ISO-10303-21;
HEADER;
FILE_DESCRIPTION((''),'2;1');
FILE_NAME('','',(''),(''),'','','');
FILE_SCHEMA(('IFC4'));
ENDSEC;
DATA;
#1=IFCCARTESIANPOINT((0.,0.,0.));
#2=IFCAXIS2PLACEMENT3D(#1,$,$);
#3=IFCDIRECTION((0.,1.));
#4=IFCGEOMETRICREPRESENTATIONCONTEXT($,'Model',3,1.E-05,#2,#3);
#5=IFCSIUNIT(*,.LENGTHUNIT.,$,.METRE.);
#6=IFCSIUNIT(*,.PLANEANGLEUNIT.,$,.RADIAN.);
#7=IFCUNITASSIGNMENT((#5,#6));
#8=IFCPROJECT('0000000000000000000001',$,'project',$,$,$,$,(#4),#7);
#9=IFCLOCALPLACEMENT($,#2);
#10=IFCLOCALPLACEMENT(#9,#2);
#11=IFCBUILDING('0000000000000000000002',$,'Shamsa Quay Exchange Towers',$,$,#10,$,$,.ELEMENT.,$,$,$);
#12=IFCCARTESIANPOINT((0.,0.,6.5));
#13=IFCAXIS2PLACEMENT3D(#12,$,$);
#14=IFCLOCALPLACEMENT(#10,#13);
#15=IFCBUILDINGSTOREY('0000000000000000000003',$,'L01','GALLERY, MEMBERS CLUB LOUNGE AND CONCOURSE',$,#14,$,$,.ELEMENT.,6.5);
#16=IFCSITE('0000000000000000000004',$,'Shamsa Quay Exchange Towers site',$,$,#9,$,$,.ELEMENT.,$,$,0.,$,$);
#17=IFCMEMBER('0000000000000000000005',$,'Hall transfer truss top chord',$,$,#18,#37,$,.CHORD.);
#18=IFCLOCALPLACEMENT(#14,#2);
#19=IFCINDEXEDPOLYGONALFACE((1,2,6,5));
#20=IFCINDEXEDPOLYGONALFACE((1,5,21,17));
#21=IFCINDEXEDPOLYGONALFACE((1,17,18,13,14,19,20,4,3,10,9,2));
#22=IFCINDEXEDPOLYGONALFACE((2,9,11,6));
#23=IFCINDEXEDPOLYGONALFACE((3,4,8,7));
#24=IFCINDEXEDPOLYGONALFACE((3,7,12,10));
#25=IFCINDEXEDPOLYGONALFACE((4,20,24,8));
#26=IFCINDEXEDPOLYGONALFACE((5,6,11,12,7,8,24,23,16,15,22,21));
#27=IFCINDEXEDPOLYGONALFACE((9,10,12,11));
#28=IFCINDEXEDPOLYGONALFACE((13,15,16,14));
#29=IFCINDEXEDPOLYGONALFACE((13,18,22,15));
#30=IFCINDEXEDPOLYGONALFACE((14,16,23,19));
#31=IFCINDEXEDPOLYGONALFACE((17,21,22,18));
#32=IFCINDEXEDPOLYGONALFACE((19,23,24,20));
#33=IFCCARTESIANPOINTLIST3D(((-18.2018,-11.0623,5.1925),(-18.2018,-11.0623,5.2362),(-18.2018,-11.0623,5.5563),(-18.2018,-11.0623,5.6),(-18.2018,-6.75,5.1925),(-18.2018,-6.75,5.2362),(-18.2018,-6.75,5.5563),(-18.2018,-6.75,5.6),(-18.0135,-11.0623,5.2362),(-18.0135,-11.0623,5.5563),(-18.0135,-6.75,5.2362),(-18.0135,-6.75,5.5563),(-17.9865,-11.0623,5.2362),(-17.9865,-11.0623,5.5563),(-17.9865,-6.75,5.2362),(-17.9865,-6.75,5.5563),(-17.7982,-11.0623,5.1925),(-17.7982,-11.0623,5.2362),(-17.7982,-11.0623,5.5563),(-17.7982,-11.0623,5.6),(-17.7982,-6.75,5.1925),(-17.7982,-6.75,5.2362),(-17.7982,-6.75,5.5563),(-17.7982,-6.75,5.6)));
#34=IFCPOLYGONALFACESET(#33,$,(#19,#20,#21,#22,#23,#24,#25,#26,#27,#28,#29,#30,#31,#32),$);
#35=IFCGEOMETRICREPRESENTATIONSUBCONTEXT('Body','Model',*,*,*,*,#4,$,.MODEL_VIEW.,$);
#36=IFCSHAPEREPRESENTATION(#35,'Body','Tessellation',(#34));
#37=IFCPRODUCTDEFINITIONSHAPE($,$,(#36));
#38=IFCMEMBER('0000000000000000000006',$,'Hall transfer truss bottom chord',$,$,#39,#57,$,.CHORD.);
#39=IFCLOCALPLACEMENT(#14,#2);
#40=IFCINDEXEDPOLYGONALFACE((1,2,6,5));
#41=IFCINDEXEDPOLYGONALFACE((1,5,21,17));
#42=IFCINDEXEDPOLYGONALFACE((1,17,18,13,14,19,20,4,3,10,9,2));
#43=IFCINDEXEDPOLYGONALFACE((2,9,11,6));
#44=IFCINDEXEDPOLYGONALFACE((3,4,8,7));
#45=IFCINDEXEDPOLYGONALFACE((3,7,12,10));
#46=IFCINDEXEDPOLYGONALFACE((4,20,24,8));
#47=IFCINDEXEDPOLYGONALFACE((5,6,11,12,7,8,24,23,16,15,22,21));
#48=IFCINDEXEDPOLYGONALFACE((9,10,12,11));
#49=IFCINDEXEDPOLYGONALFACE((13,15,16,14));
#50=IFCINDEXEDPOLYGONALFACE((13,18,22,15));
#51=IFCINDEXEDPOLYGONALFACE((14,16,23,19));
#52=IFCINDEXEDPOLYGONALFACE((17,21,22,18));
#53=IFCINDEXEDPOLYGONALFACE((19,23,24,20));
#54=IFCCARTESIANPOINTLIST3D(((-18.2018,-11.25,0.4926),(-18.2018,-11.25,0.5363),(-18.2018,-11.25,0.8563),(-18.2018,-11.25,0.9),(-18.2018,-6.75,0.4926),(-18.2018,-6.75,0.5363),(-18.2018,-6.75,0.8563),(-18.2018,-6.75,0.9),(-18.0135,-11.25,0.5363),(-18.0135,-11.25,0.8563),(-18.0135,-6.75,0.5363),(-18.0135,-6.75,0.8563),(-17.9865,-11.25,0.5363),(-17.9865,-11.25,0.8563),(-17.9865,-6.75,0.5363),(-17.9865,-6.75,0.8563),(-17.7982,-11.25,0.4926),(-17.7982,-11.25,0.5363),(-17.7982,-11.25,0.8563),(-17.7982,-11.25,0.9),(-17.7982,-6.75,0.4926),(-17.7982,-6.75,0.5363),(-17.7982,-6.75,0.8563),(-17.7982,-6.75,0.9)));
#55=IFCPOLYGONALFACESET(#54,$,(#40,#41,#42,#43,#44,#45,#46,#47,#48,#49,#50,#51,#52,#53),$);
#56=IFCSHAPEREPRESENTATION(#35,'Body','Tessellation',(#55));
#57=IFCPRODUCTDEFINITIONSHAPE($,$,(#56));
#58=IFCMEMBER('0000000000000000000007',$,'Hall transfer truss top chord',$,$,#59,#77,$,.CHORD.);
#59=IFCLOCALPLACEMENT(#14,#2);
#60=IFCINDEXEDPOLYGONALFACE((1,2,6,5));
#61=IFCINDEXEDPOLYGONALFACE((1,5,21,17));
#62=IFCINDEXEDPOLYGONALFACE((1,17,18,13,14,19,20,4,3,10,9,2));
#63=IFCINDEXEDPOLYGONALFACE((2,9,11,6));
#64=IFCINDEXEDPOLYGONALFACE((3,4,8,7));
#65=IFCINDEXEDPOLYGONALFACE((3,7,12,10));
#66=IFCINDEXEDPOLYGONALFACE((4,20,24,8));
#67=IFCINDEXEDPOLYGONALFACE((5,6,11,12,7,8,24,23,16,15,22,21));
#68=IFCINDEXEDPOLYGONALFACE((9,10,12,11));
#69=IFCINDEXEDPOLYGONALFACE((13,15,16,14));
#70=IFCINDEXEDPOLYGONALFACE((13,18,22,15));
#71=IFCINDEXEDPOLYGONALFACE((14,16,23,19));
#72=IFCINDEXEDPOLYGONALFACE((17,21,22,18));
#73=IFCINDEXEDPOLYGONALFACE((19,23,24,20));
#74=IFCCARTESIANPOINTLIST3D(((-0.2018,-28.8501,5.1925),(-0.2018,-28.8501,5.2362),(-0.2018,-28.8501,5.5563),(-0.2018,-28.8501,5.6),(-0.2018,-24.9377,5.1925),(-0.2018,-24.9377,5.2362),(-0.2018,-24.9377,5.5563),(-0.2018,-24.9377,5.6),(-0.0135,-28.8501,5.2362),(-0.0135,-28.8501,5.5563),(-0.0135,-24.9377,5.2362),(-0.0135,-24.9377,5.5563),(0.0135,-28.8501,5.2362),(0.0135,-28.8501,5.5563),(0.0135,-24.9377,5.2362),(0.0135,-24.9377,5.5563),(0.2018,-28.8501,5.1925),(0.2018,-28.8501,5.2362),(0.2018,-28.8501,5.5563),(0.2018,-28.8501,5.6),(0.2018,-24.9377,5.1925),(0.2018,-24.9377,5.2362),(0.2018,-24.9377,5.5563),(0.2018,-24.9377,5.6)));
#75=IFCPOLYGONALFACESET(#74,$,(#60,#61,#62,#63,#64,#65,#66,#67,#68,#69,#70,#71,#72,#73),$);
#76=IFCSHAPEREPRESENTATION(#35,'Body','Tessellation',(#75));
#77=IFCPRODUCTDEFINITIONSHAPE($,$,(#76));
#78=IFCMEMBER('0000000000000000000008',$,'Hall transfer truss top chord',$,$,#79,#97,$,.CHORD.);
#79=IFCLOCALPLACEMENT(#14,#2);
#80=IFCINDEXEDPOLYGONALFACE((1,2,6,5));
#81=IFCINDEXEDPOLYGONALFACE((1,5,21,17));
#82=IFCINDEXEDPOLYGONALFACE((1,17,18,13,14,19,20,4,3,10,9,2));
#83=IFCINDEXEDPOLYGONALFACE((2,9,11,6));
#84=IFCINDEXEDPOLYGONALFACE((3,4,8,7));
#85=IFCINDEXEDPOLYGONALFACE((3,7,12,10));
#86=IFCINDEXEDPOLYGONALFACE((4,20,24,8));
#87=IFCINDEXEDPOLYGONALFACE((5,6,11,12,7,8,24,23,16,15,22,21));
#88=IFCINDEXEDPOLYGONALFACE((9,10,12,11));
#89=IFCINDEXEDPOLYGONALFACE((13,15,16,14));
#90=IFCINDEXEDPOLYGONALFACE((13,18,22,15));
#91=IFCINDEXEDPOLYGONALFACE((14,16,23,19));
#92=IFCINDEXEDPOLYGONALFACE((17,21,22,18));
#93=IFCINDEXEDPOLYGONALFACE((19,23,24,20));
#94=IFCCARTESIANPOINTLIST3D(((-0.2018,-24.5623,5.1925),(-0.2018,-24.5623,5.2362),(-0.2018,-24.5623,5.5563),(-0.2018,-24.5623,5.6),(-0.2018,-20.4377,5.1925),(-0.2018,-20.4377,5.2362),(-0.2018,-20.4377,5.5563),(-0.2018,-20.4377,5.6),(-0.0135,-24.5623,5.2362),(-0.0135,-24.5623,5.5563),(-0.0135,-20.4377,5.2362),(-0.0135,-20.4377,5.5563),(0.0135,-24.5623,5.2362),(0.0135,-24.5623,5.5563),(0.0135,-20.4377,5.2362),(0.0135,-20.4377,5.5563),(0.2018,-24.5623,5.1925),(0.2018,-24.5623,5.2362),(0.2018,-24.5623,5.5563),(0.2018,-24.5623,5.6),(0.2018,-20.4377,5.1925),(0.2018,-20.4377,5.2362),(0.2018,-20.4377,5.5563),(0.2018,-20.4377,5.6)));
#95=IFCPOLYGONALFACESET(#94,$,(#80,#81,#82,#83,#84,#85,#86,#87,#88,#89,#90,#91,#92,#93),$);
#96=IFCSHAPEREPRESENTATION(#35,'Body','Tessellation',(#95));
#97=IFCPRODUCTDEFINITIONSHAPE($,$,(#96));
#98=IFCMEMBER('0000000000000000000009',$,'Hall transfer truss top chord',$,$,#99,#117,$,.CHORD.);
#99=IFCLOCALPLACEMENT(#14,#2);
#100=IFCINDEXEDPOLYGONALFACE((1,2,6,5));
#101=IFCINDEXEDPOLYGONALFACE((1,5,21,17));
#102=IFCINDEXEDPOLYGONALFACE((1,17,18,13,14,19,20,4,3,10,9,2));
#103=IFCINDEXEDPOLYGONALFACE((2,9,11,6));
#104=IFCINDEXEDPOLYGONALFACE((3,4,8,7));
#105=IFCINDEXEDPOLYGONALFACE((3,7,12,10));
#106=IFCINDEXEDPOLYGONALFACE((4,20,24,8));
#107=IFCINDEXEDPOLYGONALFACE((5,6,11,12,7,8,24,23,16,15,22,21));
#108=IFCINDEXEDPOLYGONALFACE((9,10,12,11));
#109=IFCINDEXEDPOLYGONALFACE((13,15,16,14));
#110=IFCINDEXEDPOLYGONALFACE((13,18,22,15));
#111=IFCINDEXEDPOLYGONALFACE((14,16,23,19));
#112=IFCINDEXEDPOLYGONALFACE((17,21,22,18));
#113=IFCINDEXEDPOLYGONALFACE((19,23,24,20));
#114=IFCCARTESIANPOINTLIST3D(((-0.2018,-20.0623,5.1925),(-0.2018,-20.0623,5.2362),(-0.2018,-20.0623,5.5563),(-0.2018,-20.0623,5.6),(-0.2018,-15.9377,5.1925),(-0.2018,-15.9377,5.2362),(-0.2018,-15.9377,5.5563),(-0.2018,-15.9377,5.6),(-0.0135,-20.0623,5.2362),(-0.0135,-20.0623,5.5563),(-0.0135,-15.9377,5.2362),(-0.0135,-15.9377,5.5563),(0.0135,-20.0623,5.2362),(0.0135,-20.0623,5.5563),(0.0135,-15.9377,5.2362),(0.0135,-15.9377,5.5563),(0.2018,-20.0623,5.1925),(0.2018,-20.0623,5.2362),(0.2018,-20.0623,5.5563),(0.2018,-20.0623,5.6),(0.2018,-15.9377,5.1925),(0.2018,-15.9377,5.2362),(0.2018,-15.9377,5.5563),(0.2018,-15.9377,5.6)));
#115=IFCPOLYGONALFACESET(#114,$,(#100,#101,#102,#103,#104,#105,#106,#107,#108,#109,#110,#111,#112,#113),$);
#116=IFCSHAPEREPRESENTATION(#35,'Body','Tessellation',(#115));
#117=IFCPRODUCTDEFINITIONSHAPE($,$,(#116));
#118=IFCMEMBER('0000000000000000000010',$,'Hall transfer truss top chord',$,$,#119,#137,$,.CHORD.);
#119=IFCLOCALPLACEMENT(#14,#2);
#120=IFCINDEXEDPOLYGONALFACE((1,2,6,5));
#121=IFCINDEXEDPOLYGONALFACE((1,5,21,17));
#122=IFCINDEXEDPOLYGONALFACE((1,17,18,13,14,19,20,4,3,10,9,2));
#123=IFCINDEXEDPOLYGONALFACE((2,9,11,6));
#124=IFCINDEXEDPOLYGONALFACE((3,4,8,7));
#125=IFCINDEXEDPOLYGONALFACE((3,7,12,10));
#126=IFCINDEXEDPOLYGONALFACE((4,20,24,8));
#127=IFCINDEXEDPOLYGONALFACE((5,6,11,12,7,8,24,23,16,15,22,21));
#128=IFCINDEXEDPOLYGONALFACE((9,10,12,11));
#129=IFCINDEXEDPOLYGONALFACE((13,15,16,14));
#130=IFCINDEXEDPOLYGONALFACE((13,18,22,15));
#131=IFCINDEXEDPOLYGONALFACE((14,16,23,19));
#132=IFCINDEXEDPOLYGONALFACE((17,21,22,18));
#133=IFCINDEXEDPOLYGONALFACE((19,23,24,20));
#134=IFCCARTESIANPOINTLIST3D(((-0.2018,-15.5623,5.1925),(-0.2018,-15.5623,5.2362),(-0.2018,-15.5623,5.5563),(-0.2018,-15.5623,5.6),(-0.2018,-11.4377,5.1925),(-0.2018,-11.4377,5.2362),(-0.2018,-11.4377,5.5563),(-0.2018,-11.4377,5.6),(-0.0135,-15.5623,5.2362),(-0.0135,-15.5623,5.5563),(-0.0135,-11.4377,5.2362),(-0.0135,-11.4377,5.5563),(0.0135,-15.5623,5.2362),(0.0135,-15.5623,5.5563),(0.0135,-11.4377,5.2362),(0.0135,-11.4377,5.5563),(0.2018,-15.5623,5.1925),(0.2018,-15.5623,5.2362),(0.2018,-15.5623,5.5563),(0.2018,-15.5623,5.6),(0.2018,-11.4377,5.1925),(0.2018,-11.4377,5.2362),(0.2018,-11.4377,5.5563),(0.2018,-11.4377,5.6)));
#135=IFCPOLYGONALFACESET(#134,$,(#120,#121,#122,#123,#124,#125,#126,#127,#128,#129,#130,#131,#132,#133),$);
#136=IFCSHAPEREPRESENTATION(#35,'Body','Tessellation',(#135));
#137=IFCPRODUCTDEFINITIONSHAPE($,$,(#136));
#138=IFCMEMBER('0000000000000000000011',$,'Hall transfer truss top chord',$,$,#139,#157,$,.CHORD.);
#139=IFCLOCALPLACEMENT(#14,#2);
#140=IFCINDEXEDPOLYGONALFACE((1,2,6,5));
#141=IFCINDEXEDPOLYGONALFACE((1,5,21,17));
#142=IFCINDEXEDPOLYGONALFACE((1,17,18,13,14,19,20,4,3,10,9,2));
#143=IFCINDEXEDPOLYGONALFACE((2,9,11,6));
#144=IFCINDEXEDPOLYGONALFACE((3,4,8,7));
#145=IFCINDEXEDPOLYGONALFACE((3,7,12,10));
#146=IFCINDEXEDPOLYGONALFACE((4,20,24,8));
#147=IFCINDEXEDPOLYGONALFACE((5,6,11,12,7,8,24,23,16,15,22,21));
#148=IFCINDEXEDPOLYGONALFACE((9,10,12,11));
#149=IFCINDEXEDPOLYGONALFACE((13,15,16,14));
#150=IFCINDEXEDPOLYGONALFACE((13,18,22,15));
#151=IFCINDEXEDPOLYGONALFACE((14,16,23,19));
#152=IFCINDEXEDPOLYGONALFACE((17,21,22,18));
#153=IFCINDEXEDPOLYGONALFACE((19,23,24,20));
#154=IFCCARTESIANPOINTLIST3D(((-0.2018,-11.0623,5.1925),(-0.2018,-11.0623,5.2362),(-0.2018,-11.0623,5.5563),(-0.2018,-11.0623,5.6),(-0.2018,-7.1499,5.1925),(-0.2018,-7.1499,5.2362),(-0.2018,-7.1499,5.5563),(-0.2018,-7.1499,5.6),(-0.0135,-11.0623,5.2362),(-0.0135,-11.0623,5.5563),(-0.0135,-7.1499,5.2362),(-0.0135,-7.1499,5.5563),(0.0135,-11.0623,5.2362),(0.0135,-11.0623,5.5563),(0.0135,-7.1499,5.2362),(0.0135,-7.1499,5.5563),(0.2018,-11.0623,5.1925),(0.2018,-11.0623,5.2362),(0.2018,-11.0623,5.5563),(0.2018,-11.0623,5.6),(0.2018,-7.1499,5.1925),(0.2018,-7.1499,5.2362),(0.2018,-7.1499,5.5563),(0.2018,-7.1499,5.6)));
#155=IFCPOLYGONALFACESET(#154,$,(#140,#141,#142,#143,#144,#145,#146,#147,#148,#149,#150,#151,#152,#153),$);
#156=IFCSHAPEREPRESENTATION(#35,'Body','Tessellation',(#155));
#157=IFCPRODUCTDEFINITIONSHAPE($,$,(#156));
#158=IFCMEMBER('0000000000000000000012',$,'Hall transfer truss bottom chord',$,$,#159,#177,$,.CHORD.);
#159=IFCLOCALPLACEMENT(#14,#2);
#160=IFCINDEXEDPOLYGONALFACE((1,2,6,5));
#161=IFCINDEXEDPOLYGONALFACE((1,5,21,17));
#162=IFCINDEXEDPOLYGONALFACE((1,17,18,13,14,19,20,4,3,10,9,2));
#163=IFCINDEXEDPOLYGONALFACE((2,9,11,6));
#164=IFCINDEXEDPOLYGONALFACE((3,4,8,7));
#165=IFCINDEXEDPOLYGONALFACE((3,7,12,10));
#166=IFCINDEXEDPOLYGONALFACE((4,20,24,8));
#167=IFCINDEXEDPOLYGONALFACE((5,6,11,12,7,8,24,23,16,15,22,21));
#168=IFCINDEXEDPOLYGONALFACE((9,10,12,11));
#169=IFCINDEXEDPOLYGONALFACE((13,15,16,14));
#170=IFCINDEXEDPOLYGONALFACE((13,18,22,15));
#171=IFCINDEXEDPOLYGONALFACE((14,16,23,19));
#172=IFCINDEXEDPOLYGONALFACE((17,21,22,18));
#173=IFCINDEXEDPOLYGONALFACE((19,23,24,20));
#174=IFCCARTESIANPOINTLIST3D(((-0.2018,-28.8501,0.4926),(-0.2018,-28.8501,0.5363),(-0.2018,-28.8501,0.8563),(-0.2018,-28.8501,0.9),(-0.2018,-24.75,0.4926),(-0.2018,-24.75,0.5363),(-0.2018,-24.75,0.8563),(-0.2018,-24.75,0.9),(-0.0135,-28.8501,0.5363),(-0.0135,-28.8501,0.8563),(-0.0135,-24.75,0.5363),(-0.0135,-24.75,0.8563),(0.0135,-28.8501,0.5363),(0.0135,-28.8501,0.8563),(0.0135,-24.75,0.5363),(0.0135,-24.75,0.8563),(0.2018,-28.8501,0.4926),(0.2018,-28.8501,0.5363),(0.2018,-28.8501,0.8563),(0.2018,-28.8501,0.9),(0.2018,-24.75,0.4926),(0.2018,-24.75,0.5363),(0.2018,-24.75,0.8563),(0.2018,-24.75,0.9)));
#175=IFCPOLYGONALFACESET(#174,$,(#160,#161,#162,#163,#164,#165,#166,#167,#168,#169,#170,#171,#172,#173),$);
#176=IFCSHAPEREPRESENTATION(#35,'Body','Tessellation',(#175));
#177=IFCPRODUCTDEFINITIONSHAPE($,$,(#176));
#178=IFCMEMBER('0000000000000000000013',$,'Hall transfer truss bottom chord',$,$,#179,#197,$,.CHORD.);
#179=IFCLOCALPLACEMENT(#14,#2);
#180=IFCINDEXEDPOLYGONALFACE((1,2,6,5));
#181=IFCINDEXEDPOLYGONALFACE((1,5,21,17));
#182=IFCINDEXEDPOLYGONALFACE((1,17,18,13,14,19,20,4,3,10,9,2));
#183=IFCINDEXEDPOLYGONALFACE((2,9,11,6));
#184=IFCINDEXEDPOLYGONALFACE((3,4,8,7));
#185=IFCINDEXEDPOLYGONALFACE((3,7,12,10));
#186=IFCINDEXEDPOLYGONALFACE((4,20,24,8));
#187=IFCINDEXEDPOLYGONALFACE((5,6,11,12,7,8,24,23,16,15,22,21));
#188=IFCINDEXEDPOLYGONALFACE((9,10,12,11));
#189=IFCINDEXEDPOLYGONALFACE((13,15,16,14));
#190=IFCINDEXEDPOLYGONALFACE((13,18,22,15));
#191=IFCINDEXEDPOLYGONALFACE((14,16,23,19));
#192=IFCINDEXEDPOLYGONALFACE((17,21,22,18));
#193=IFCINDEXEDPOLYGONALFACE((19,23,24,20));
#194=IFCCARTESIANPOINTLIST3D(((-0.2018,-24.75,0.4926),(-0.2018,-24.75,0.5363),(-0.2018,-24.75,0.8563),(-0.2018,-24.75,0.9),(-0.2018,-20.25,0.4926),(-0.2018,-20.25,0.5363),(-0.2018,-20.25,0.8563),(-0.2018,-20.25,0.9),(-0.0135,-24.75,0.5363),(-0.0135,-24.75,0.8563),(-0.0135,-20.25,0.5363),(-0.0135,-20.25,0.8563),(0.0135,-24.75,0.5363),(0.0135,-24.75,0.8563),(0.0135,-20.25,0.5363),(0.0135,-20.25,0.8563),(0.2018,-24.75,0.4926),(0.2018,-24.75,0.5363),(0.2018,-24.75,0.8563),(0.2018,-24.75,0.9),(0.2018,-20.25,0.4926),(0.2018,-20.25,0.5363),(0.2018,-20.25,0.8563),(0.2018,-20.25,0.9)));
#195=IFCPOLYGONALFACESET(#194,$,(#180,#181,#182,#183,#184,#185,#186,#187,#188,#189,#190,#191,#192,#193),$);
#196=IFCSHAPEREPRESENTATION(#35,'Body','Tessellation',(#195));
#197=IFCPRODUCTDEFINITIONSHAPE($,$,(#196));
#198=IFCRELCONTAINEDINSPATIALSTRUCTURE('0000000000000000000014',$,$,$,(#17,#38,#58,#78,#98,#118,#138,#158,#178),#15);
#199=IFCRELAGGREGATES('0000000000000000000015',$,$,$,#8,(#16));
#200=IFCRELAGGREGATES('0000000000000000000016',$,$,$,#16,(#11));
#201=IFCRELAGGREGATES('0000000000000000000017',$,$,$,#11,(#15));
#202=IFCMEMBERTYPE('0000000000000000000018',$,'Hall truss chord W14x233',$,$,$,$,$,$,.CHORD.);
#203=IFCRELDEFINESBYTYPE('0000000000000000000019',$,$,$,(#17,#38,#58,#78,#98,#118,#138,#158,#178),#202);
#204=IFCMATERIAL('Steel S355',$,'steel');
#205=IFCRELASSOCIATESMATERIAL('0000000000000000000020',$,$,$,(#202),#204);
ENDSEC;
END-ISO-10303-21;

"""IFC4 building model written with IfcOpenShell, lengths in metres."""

from ifc_helpers import new_model, si_unit, direction, frame, origin, origin_2d, place, context, subcontext, project, spatial, i_section, extrude, material, material_profile, profile_set, type_object, element, save


model = new_model("IFC4")

# Units and contexts
model_context = context("Model", 3, precision=1e-05, world=origin(), true_north=direction((0.0, 1.0)))
body_context = subcontext(model_context, "Body", "Model", "MODEL_VIEW")
ifc_project = project(units=[si_unit("LENGTHUNIT", "METRE"), si_unit("PLANEANGLEUNIT", "RADIAN")], contexts=[model_context])

# Site, building, storey
site_placement = place(None, origin())
site = spatial("IfcSite", under=ifc_project, at=site_placement, Name="Shamsa Quay Exchange Towers site", CompositionType="ELEMENT", RefElevation=0.0)
building_placement = place(site_placement, origin())
building = spatial("IfcBuilding", under=site, at=building_placement, Name="Shamsa Quay Exchange Towers", CompositionType="ELEMENT")
storey_placement = place(building_placement, frame((0.0, 0.0, 6.5)))
storey = spatial("IfcBuildingStorey", under=building, at=storey_placement, Name="L01", Description="GALLERY, MEMBERS CLUB LOUNGE AND CONCOURSE", CompositionType="ELEMENT", Elevation=6.5)

# Shared definitions
ifc_material_1 = material(Name="Steel S355", Category="steel")

# Members
ifc_material_profile_1 = material_profile(ifc_material_1, i_section(OverallWidth=0.4036, OverallDepth=0.4075, WebThickness=0.0271, FlangeThickness=0.0437, at=origin_2d()), Name="W14x233")
ifc_profile_set_1 = profile_set([ifc_material_profile_1], Name="Steel S355")
member_type_1 = type_object("IfcMemberType", Name="Hall truss chord W14x233", PredefinedType="CHORD", material=ifc_profile_set_1)
member_1_placement = place(storey_placement, frame((-18.0, -11.0623, 5.3962), z_axis=(0.0, 1.0, 0.0), x_axis=(-1.0, 0.0, 0.0)))
element("IfcMember", 1, at=member_1_placement, inside=storey, type_object=member_type_1, Name="Hall transfer truss top chord", PredefinedType="CHORD", context=body_context, shape_type="SweptSolid", body=[
    extrude(i_section(OverallWidth=0.4036, OverallDepth=0.4075, WebThickness=0.0271, FlangeThickness=0.0437, at=origin_2d()), origin(), (0.0, 0.0, 1.0), 4.3123),
])
member_2_placement = place(storey_placement, frame((-18.0, -11.25, 0.6963), z_axis=(0.0, 1.0, 0.0), x_axis=(-1.0, 0.0, 0.0)))
element("IfcMember", 2, at=member_2_placement, inside=storey, type_object=member_type_1, Name="Hall transfer truss bottom chord", PredefinedType="CHORD", context=body_context, shape_type="SweptSolid", body=[
    extrude(i_section(OverallWidth=0.4036, OverallDepth=0.4075, WebThickness=0.0271, FlangeThickness=0.0437, at=origin_2d()), origin(), (0.0, 0.0, 1.0), 4.5),
])
member_3_placement = place(storey_placement, frame((0.0, -28.8501, 5.3962), z_axis=(0.0, 1.0, 0.0), x_axis=(-1.0, 0.0, 0.0)))
element("IfcMember", 3, at=member_3_placement, inside=storey, type_object=member_type_1, Name="Hall transfer truss top chord", PredefinedType="CHORD", context=body_context, shape_type="SweptSolid", body=[
    extrude(i_section(OverallWidth=0.4036, OverallDepth=0.4075, WebThickness=0.0271, FlangeThickness=0.0437, at=origin_2d()), origin(), (0.0, 0.0, 1.0), 3.9124),
])
for number, where, z_axis, x_axis, name in (
    (4, (0.0, -24.5623, 5.3962), (0.0, 1.0, 0.0), (-1.0, 0.0, 0.0), "Hall transfer truss top chord"),
    (5, (0.0, -20.0623, 5.3962), (0.0, 1.0, 0.0), (-1.0, 0.0, 0.0), "Hall transfer truss top chord"),
    (6, (0.0, -15.5623, 5.3962), (0.0, 1.0, 0.0), (-1.0, 0.0, 0.0), "Hall transfer truss top chord"),
):
    element("IfcMember", number, at=place(storey_placement, frame(where, z_axis=z_axis, x_axis=x_axis)), inside=storey, type_object=member_type_1, Name=name, PredefinedType="CHORD", context=body_context, shape_type="SweptSolid", body=[
        extrude(i_section(OverallWidth=0.4036, OverallDepth=0.4075, WebThickness=0.0271, FlangeThickness=0.0437, at=origin_2d()), origin(), (0.0, 0.0, 1.0), 4.1245),
    ])
member_4_placement = place(storey_placement, frame((0.0, -11.0623, 5.3962), z_axis=(0.0, 1.0, 0.0), x_axis=(-1.0, 0.0, 0.0)))
element("IfcMember", 7, at=member_4_placement, inside=storey, type_object=member_type_1, Name="Hall transfer truss top chord", PredefinedType="CHORD", context=body_context, shape_type="SweptSolid", body=[
    extrude(i_section(OverallWidth=0.4036, OverallDepth=0.4075, WebThickness=0.0271, FlangeThickness=0.0437, at=origin_2d()), origin(), (0.0, 0.0, 1.0), 3.9124),
])
member_5_placement = place(storey_placement, frame((0.0, -28.8501, 0.6963), z_axis=(0.0, 1.0, 0.0), x_axis=(-1.0, 0.0, 0.0)))
element("IfcMember", 8, at=member_5_placement, inside=storey, type_object=member_type_1, Name="Hall transfer truss bottom chord", PredefinedType="CHORD", context=body_context, shape_type="SweptSolid", body=[
    extrude(i_section(OverallWidth=0.4036, OverallDepth=0.4075, WebThickness=0.0271, FlangeThickness=0.0437, at=origin_2d()), origin(), (0.0, 0.0, 1.0), 4.1001),
])
for number, where, z_axis, x_axis, name in (
    (9, (0.0, -24.75, 0.6963), (0.0, 1.0, 0.0), (-1.0, 0.0, 0.0), "Hall transfer truss bottom chord"),
):
    element("IfcMember", number, at=place(storey_placement, frame(where, z_axis=z_axis, x_axis=x_axis)), inside=storey, type_object=member_type_1, Name=name, PredefinedType="CHORD", context=body_context, shape_type="SweptSolid", body=[
        extrude(i_section(OverallWidth=0.4036, OverallDepth=0.4075, WebThickness=0.0271, FlangeThickness=0.0437, at=origin_2d()), origin(), (0.0, 0.0, 1.0), 4.5),
    ])

save(model, "model.ifc")
